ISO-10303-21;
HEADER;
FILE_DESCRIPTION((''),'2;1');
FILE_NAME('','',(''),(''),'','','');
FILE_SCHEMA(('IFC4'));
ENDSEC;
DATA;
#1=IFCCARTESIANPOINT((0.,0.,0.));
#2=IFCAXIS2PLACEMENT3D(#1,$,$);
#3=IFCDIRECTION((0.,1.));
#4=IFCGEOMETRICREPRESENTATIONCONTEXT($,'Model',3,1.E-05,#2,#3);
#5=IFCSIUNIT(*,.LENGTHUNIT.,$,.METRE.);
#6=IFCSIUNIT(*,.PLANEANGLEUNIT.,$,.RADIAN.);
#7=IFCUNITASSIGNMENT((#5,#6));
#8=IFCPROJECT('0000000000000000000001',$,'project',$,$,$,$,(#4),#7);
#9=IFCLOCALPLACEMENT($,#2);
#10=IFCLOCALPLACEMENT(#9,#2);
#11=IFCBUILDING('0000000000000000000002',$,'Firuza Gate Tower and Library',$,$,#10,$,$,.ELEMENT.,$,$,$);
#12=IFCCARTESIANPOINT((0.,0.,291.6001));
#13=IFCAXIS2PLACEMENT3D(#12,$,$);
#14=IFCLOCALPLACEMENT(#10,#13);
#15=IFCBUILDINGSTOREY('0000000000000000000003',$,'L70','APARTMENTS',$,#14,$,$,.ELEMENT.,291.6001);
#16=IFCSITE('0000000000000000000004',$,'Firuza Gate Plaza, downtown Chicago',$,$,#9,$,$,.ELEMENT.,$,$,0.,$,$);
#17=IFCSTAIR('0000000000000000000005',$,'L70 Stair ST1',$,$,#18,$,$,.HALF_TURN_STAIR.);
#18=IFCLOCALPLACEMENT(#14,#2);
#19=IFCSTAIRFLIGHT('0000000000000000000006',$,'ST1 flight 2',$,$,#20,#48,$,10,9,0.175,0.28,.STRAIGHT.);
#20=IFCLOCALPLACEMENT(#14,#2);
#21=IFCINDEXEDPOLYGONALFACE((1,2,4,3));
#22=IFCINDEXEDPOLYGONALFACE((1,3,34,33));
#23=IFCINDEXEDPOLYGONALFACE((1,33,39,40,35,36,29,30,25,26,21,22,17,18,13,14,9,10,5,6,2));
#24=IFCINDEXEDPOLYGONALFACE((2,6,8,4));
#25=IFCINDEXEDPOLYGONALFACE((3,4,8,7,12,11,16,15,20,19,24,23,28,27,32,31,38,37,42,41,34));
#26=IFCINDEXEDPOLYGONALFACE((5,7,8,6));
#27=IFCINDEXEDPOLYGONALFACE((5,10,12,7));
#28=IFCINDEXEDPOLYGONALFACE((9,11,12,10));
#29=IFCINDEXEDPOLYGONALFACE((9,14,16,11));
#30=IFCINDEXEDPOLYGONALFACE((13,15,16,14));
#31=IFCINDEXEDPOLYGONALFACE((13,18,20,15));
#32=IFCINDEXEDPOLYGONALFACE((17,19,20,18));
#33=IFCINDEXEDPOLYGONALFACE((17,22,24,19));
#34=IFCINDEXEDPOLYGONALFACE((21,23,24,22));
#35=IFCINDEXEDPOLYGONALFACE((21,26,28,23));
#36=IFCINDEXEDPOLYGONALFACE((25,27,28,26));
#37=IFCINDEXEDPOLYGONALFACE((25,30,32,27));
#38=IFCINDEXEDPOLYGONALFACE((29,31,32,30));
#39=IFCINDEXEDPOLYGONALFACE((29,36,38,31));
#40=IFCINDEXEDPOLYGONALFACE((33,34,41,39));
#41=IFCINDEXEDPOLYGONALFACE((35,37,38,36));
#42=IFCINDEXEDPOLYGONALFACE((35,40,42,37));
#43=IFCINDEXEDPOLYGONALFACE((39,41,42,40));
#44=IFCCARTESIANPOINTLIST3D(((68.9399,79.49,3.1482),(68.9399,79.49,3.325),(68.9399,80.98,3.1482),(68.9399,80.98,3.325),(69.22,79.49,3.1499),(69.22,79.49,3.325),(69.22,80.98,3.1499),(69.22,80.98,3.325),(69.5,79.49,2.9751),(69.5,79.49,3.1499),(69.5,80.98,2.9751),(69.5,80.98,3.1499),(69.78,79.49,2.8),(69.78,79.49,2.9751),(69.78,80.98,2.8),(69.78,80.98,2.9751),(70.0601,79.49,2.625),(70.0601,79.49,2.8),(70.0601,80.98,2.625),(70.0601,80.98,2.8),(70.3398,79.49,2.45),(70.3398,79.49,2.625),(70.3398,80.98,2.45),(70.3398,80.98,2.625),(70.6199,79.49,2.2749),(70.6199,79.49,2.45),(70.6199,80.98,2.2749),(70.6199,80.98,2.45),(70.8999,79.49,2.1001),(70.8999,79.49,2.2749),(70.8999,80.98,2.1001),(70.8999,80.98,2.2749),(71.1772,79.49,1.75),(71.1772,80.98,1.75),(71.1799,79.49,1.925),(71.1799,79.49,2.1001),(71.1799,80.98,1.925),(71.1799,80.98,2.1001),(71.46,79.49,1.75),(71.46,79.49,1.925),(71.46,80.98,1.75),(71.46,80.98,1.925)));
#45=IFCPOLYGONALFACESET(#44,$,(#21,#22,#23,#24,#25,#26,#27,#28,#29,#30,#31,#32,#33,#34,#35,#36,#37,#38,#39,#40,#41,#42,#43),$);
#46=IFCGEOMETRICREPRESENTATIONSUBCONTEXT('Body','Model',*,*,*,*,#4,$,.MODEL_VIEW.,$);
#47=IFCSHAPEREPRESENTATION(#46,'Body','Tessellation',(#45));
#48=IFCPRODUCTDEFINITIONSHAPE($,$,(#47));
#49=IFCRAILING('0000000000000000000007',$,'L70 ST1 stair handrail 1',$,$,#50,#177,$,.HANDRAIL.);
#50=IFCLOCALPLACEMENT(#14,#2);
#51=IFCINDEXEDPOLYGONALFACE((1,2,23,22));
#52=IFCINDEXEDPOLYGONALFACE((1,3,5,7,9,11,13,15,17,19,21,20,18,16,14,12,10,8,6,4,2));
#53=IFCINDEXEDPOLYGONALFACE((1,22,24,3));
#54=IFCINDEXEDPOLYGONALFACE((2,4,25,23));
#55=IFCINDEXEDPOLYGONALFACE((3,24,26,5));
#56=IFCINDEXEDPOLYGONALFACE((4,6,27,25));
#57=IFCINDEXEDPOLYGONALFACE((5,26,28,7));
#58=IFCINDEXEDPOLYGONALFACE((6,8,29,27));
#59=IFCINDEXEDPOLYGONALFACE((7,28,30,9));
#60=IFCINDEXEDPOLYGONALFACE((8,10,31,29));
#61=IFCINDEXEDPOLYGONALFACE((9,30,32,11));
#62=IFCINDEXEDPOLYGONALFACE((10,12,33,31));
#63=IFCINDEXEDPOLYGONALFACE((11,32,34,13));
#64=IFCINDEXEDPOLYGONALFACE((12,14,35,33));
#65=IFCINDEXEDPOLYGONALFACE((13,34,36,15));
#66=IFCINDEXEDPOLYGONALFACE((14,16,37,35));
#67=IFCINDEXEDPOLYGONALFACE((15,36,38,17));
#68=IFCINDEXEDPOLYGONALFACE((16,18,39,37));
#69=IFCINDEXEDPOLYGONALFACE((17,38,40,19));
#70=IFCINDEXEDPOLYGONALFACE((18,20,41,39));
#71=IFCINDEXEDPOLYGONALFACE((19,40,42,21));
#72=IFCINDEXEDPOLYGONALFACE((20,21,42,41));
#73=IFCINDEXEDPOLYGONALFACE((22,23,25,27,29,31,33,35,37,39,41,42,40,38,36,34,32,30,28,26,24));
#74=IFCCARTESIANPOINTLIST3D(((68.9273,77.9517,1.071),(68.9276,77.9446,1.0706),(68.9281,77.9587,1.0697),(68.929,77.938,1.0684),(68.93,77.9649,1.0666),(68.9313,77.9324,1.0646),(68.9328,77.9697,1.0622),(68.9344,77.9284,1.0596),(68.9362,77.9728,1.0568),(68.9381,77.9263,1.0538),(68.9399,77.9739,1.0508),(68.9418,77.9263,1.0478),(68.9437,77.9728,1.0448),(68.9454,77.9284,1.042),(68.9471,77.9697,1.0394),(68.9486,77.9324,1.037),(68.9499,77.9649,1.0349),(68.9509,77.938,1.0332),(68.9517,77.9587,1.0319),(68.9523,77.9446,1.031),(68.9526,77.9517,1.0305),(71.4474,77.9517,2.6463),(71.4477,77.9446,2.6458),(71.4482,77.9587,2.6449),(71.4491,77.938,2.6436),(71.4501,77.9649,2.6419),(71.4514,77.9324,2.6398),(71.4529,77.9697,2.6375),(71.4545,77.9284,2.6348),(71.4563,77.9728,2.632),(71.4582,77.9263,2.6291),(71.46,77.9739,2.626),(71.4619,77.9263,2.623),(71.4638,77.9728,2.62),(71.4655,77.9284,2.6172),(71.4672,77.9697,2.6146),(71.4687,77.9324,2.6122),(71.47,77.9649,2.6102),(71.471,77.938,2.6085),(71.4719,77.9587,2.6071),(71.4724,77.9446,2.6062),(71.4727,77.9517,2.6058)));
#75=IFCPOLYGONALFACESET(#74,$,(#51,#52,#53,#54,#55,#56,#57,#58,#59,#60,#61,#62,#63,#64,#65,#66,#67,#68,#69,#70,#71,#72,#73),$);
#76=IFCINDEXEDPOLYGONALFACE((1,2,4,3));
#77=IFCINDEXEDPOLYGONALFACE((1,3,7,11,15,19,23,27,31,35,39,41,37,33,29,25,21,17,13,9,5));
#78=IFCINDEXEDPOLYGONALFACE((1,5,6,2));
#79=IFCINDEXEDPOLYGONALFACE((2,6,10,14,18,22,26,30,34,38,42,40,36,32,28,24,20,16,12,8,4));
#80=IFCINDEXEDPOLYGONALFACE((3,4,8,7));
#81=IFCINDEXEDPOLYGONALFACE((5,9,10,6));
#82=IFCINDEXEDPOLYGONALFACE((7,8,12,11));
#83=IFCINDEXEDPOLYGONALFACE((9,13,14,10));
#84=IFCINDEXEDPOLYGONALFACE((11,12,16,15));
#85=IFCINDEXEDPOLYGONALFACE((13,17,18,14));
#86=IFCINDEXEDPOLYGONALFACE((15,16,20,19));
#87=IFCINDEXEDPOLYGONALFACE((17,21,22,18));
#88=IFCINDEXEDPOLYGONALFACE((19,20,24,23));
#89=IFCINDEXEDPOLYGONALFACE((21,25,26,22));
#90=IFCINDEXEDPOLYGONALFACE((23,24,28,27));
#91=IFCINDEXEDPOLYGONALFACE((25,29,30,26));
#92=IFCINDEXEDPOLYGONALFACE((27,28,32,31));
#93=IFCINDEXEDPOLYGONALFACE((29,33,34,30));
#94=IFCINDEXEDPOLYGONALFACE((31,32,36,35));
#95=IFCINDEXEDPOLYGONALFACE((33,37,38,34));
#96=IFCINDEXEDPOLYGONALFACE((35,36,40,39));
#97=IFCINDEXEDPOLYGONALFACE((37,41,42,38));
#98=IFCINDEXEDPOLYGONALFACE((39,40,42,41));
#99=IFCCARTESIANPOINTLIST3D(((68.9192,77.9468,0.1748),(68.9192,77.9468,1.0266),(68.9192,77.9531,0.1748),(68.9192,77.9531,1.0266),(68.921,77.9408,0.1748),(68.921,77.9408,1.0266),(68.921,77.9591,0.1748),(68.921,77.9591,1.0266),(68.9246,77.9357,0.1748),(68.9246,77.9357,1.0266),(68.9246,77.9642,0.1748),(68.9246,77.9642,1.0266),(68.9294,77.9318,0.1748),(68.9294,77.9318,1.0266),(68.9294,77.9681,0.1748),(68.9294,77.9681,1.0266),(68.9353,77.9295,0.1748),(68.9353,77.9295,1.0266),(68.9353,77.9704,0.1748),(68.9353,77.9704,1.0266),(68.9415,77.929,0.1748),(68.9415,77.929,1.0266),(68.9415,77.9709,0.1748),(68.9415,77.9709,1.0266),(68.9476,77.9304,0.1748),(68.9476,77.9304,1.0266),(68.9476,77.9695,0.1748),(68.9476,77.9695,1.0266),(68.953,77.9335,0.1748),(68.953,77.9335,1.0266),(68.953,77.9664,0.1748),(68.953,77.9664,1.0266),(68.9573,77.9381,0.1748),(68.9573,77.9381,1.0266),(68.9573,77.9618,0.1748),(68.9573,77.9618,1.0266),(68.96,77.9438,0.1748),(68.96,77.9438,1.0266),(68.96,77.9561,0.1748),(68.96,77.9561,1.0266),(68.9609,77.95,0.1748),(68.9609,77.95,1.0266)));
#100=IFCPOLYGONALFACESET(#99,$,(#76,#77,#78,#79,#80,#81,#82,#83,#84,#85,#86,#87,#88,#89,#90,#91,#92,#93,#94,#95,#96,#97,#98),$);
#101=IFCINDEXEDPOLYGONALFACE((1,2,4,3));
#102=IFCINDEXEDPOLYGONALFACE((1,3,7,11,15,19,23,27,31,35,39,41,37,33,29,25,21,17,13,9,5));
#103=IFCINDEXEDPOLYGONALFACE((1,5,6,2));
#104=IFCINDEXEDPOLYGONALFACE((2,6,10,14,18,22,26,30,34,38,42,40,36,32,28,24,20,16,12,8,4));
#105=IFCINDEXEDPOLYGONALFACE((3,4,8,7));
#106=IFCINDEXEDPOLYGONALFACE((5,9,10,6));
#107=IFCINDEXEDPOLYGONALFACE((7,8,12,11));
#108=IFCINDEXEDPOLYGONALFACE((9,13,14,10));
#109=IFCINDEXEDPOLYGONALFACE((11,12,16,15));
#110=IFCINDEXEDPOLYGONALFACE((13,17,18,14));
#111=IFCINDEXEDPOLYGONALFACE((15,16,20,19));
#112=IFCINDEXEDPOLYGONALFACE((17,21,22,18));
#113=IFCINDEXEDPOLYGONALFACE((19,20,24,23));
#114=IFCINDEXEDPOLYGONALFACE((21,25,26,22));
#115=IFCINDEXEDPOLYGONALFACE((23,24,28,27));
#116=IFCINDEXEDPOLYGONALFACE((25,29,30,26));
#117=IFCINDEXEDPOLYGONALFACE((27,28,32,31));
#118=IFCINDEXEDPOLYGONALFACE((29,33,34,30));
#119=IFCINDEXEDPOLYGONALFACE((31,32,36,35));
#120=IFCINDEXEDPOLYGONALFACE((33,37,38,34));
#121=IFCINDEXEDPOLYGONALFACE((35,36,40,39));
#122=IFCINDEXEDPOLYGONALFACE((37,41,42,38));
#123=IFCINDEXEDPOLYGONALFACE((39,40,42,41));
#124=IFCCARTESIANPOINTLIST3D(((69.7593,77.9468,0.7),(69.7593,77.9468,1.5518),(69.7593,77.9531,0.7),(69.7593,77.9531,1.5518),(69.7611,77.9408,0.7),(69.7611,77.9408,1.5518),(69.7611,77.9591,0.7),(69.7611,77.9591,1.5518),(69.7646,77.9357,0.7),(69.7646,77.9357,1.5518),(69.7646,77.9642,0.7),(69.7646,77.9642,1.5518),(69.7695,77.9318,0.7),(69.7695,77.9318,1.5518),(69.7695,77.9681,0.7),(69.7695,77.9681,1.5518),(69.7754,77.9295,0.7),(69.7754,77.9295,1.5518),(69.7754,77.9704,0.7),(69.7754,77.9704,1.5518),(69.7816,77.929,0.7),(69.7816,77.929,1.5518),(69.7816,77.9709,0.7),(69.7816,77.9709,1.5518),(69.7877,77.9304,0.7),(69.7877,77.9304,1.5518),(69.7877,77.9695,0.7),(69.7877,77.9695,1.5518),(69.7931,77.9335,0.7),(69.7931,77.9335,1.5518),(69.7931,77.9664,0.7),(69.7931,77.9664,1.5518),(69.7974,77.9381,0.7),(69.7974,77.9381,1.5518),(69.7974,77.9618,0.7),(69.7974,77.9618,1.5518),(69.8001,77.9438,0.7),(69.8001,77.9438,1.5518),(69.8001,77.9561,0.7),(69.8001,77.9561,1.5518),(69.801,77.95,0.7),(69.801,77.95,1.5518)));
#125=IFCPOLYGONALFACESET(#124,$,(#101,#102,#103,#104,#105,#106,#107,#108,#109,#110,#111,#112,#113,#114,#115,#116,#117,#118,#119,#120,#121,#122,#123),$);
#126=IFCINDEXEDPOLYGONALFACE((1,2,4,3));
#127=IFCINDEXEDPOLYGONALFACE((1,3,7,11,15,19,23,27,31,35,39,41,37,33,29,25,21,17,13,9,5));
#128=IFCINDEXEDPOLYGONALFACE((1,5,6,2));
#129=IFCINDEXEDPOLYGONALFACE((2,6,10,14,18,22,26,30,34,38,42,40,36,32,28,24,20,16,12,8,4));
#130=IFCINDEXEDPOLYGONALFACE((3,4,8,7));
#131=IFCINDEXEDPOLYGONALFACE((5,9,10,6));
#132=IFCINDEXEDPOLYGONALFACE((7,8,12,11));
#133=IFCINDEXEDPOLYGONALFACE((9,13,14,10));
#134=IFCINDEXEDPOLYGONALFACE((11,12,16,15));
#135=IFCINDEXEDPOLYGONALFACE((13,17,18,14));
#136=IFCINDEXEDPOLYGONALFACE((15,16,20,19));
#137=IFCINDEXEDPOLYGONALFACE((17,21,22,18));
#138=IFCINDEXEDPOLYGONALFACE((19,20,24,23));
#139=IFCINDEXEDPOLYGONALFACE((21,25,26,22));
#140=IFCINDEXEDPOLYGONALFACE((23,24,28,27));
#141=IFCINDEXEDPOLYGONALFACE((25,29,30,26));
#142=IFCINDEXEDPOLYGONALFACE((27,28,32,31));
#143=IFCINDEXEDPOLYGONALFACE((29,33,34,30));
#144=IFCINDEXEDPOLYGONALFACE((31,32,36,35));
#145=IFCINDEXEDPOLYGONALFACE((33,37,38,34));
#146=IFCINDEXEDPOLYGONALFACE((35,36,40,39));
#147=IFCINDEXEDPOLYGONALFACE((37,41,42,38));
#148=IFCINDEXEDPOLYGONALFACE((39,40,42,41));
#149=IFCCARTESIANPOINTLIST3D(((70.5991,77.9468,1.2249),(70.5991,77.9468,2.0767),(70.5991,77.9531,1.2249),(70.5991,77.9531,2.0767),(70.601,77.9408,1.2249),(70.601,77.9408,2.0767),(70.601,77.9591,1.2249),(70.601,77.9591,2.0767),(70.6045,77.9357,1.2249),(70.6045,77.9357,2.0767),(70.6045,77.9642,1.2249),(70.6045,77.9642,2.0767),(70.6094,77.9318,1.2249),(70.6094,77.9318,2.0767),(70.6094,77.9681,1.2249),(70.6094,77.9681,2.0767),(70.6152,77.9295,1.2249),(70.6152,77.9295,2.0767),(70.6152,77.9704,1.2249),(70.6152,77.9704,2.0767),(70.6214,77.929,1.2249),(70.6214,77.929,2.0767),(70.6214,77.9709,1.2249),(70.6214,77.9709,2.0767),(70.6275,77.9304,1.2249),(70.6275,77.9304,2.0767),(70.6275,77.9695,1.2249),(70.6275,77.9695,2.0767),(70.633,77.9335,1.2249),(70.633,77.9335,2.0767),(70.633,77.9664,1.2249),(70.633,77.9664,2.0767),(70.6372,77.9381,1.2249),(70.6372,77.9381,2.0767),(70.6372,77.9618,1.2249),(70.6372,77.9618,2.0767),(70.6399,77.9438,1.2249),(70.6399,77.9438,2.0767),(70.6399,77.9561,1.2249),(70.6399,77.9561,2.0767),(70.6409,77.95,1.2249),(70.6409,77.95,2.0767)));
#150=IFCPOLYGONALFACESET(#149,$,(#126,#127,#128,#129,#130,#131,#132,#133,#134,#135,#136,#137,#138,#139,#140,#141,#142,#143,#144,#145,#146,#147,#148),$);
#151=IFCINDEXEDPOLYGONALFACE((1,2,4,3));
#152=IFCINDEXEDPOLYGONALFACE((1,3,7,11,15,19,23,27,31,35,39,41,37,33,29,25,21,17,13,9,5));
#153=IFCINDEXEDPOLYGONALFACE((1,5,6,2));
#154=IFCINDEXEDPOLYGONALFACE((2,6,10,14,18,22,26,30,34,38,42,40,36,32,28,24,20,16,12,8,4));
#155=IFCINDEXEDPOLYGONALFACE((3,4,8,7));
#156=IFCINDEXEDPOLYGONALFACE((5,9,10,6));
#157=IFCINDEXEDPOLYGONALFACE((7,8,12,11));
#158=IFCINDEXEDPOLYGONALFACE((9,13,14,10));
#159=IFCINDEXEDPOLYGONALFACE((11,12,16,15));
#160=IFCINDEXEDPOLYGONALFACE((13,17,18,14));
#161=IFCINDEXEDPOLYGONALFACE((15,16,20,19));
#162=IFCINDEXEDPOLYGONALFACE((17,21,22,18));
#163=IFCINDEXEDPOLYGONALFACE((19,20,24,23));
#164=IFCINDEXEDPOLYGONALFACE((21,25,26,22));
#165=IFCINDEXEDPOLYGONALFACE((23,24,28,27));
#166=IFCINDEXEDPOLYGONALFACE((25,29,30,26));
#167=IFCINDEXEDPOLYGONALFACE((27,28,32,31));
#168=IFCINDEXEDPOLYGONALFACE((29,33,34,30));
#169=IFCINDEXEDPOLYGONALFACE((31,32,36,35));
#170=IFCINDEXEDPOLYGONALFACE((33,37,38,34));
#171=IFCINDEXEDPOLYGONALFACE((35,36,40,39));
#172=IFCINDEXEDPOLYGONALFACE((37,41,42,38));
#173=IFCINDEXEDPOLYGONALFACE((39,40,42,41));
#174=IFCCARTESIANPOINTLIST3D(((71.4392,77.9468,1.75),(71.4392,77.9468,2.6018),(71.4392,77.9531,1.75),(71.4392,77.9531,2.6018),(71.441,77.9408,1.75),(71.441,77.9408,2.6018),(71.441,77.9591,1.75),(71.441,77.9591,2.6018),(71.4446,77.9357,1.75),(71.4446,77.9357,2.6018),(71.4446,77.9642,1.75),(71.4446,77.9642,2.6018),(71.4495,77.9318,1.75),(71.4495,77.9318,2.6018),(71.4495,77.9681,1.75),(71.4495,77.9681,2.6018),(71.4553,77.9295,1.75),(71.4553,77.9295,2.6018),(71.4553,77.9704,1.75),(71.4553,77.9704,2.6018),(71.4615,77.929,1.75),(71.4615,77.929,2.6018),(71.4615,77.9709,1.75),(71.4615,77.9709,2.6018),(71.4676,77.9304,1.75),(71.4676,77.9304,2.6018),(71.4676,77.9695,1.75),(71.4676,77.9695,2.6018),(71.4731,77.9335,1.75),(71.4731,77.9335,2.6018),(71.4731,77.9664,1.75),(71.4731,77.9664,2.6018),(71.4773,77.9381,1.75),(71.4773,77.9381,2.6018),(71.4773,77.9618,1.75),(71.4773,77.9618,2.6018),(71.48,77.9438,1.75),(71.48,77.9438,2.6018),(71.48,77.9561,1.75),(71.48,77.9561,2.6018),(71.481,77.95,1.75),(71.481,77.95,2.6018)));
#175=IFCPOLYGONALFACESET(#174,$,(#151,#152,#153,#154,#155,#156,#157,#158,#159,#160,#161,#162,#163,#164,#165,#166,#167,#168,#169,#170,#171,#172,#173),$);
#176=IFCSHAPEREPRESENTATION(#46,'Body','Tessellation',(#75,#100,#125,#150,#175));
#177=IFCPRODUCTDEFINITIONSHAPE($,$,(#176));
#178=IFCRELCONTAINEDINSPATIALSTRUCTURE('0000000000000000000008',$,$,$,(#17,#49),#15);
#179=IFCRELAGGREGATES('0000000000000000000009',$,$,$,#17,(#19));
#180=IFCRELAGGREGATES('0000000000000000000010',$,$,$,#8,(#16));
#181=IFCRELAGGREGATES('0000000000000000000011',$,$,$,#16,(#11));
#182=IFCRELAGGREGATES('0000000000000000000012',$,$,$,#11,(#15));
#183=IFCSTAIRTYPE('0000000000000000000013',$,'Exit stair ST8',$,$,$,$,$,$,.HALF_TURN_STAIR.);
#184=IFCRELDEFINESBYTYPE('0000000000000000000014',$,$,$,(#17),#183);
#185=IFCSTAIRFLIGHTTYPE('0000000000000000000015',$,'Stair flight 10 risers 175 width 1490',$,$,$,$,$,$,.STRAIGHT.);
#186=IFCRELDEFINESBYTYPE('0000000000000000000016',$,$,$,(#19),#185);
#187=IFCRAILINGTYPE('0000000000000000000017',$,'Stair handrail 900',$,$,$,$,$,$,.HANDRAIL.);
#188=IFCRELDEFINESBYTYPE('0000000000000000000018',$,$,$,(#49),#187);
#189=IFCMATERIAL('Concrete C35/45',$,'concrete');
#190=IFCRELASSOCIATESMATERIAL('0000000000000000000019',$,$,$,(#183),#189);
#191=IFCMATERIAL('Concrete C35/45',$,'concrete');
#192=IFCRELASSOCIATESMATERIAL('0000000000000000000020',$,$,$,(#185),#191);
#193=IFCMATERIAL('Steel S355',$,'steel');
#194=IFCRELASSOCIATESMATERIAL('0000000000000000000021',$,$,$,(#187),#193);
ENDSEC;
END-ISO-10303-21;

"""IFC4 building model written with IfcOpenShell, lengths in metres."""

from ifc_helpers import new_model, si_unit, direction, frame, origin, origin_2d, place, context, subcontext, project, spatial, polyline, circle, outline, extrude, material, type_object, element, aggregate, save


model = new_model("IFC4")

# Units and contexts
model_context = context("Model", 3, precision=1e-05, world=origin(), true_north=direction((0.0, 1.0)))
body_context = subcontext(model_context, "Body", "Model", "MODEL_VIEW")
ifc_project = project(units=[si_unit("LENGTHUNIT", "METRE"), si_unit("PLANEANGLEUNIT", "RADIAN")], contexts=[model_context])

# Site, building, storey
site_placement = place(None, origin())
site = spatial("IfcSite", under=ifc_project, at=site_placement, Name="Firuza Gate Plaza, downtown Chicago", CompositionType="ELEMENT", RefElevation=0.0)
building_placement = place(site_placement, origin())
building = spatial("IfcBuilding", under=site, at=building_placement, Name="Firuza Gate Tower and Library", CompositionType="ELEMENT")
storey_placement = place(building_placement, frame((0.0, 0.0, 291.6001)))
storey = spatial("IfcBuildingStorey", under=building, at=storey_placement, Name="L70", Description="APARTMENTS", CompositionType="ELEMENT", Elevation=291.6001)

# Stair, stair flight
ifc_material_1 = material(Name="Concrete C35/45", Category="concrete")
stair_type = type_object("IfcStairType", Name="Exit stair ST8", PredefinedType="HALF_TURN_STAIR", material=ifc_material_1)
stair_placement = place(storey_placement, origin())
stair = element("IfcStair", 1, at=stair_placement, inside=storey, type_object=stair_type, Name="L70 Stair ST1", PredefinedType="HALF_TURN_STAIR")
ifc_material_2 = material(Name="Concrete C35/45", Category="concrete")
stair_flight_type = type_object("IfcStairFlightType", Name="Stair flight 10 risers 175 width 1490", PredefinedType="STRAIGHT", material=ifc_material_2)
stair_flight_1_placement = place(storey_placement, frame((71.46, 80.2351, 1.75), z_axis=(0.0, 0.0, 1.0), x_axis=(-1.0, 0.0, 0.0)))
stair_flight_1 = element("IfcStairFlight", 2, at=stair_flight_1_placement, type_object=stair_flight_type, Name="ST1 flight 2", NumberOfRisers=10, NumberOfTreads=9, PredefinedType="STRAIGHT", RiserHeight=0.175, TreadLength=0.28, context=body_context, shape_type="SweptSolid", body=[
    extrude(outline(polyline([(0.0, 0.0), (0.0, 0.175), (0.28, 0.175), (0.28, 0.3501), (0.5601, 0.3501), (0.5601, 0.5249), (0.8401, 0.5249), (0.8401, 0.7), (1.1201, 0.7), (1.1201, 0.875), (1.3999, 0.875), (1.3999, 1.05), (1.6799, 1.05), (1.6799, 1.2251), (1.96, 1.2251), (1.96, 1.3999), (2.24, 1.3999), (2.24, 1.575), (2.52, 1.575), (2.52, 1.75), (2.52, 1.3982), (0.2827, 0.0), (0.0, 0.0)])), frame((0.0, 0.7451, 0.0), z_axis=(0.0, -1.0, 0.0), x_axis=(1.0, 0.0, 0.0)), (0.0, 0.0, 1.0), 1.49),
])
aggregate(stair, [stair_flight_1])

# Railing
ifc_material_3 = material(Name="Steel S355", Category="steel")
railing_type_1 = type_object("IfcRailingType", Name="Stair handrail 900", PredefinedType="HANDRAIL", material=ifc_material_3)
railing_1_placement = place(storey_placement, frame((68.9399, 77.95, 0.1748)))
element("IfcRailing", 3, at=railing_1_placement, inside=storey, type_object=railing_type_1, Name="L70 ST1 stair handrail 1", PredefinedType="HANDRAIL", context=body_context, shape_type="SweptSolid", body=[
    extrude(circle(Radius=0.0239, at=origin_2d()), frame((0.0, 0.0, 0.876), z_axis=(0.847971, 0.0, 0.530043), x_axis=(0.0, 1.0, 0.0)), (0.0, 0.0, 1.0), 2.9719),
    extrude(circle(Radius=0.021, at=origin_2d()), origin(), (0.0, 0.0, 1.0), 0.8518),
    extrude(circle(Radius=0.021, at=origin_2d()), frame((0.8401, 0.0, 0.5251)), (0.0, 0.0, 1.0), 0.8518),
    extrude(circle(Radius=0.021, at=origin_2d()), frame((1.6799, 0.0, 1.05)), (0.0, 0.0, 1.0), 0.8518),
    extrude(circle(Radius=0.021, at=origin_2d()), frame((2.52, 0.0, 1.5752)), (0.0, 0.0, 1.0), 0.8518),
])

save(model, "model.ifc")
